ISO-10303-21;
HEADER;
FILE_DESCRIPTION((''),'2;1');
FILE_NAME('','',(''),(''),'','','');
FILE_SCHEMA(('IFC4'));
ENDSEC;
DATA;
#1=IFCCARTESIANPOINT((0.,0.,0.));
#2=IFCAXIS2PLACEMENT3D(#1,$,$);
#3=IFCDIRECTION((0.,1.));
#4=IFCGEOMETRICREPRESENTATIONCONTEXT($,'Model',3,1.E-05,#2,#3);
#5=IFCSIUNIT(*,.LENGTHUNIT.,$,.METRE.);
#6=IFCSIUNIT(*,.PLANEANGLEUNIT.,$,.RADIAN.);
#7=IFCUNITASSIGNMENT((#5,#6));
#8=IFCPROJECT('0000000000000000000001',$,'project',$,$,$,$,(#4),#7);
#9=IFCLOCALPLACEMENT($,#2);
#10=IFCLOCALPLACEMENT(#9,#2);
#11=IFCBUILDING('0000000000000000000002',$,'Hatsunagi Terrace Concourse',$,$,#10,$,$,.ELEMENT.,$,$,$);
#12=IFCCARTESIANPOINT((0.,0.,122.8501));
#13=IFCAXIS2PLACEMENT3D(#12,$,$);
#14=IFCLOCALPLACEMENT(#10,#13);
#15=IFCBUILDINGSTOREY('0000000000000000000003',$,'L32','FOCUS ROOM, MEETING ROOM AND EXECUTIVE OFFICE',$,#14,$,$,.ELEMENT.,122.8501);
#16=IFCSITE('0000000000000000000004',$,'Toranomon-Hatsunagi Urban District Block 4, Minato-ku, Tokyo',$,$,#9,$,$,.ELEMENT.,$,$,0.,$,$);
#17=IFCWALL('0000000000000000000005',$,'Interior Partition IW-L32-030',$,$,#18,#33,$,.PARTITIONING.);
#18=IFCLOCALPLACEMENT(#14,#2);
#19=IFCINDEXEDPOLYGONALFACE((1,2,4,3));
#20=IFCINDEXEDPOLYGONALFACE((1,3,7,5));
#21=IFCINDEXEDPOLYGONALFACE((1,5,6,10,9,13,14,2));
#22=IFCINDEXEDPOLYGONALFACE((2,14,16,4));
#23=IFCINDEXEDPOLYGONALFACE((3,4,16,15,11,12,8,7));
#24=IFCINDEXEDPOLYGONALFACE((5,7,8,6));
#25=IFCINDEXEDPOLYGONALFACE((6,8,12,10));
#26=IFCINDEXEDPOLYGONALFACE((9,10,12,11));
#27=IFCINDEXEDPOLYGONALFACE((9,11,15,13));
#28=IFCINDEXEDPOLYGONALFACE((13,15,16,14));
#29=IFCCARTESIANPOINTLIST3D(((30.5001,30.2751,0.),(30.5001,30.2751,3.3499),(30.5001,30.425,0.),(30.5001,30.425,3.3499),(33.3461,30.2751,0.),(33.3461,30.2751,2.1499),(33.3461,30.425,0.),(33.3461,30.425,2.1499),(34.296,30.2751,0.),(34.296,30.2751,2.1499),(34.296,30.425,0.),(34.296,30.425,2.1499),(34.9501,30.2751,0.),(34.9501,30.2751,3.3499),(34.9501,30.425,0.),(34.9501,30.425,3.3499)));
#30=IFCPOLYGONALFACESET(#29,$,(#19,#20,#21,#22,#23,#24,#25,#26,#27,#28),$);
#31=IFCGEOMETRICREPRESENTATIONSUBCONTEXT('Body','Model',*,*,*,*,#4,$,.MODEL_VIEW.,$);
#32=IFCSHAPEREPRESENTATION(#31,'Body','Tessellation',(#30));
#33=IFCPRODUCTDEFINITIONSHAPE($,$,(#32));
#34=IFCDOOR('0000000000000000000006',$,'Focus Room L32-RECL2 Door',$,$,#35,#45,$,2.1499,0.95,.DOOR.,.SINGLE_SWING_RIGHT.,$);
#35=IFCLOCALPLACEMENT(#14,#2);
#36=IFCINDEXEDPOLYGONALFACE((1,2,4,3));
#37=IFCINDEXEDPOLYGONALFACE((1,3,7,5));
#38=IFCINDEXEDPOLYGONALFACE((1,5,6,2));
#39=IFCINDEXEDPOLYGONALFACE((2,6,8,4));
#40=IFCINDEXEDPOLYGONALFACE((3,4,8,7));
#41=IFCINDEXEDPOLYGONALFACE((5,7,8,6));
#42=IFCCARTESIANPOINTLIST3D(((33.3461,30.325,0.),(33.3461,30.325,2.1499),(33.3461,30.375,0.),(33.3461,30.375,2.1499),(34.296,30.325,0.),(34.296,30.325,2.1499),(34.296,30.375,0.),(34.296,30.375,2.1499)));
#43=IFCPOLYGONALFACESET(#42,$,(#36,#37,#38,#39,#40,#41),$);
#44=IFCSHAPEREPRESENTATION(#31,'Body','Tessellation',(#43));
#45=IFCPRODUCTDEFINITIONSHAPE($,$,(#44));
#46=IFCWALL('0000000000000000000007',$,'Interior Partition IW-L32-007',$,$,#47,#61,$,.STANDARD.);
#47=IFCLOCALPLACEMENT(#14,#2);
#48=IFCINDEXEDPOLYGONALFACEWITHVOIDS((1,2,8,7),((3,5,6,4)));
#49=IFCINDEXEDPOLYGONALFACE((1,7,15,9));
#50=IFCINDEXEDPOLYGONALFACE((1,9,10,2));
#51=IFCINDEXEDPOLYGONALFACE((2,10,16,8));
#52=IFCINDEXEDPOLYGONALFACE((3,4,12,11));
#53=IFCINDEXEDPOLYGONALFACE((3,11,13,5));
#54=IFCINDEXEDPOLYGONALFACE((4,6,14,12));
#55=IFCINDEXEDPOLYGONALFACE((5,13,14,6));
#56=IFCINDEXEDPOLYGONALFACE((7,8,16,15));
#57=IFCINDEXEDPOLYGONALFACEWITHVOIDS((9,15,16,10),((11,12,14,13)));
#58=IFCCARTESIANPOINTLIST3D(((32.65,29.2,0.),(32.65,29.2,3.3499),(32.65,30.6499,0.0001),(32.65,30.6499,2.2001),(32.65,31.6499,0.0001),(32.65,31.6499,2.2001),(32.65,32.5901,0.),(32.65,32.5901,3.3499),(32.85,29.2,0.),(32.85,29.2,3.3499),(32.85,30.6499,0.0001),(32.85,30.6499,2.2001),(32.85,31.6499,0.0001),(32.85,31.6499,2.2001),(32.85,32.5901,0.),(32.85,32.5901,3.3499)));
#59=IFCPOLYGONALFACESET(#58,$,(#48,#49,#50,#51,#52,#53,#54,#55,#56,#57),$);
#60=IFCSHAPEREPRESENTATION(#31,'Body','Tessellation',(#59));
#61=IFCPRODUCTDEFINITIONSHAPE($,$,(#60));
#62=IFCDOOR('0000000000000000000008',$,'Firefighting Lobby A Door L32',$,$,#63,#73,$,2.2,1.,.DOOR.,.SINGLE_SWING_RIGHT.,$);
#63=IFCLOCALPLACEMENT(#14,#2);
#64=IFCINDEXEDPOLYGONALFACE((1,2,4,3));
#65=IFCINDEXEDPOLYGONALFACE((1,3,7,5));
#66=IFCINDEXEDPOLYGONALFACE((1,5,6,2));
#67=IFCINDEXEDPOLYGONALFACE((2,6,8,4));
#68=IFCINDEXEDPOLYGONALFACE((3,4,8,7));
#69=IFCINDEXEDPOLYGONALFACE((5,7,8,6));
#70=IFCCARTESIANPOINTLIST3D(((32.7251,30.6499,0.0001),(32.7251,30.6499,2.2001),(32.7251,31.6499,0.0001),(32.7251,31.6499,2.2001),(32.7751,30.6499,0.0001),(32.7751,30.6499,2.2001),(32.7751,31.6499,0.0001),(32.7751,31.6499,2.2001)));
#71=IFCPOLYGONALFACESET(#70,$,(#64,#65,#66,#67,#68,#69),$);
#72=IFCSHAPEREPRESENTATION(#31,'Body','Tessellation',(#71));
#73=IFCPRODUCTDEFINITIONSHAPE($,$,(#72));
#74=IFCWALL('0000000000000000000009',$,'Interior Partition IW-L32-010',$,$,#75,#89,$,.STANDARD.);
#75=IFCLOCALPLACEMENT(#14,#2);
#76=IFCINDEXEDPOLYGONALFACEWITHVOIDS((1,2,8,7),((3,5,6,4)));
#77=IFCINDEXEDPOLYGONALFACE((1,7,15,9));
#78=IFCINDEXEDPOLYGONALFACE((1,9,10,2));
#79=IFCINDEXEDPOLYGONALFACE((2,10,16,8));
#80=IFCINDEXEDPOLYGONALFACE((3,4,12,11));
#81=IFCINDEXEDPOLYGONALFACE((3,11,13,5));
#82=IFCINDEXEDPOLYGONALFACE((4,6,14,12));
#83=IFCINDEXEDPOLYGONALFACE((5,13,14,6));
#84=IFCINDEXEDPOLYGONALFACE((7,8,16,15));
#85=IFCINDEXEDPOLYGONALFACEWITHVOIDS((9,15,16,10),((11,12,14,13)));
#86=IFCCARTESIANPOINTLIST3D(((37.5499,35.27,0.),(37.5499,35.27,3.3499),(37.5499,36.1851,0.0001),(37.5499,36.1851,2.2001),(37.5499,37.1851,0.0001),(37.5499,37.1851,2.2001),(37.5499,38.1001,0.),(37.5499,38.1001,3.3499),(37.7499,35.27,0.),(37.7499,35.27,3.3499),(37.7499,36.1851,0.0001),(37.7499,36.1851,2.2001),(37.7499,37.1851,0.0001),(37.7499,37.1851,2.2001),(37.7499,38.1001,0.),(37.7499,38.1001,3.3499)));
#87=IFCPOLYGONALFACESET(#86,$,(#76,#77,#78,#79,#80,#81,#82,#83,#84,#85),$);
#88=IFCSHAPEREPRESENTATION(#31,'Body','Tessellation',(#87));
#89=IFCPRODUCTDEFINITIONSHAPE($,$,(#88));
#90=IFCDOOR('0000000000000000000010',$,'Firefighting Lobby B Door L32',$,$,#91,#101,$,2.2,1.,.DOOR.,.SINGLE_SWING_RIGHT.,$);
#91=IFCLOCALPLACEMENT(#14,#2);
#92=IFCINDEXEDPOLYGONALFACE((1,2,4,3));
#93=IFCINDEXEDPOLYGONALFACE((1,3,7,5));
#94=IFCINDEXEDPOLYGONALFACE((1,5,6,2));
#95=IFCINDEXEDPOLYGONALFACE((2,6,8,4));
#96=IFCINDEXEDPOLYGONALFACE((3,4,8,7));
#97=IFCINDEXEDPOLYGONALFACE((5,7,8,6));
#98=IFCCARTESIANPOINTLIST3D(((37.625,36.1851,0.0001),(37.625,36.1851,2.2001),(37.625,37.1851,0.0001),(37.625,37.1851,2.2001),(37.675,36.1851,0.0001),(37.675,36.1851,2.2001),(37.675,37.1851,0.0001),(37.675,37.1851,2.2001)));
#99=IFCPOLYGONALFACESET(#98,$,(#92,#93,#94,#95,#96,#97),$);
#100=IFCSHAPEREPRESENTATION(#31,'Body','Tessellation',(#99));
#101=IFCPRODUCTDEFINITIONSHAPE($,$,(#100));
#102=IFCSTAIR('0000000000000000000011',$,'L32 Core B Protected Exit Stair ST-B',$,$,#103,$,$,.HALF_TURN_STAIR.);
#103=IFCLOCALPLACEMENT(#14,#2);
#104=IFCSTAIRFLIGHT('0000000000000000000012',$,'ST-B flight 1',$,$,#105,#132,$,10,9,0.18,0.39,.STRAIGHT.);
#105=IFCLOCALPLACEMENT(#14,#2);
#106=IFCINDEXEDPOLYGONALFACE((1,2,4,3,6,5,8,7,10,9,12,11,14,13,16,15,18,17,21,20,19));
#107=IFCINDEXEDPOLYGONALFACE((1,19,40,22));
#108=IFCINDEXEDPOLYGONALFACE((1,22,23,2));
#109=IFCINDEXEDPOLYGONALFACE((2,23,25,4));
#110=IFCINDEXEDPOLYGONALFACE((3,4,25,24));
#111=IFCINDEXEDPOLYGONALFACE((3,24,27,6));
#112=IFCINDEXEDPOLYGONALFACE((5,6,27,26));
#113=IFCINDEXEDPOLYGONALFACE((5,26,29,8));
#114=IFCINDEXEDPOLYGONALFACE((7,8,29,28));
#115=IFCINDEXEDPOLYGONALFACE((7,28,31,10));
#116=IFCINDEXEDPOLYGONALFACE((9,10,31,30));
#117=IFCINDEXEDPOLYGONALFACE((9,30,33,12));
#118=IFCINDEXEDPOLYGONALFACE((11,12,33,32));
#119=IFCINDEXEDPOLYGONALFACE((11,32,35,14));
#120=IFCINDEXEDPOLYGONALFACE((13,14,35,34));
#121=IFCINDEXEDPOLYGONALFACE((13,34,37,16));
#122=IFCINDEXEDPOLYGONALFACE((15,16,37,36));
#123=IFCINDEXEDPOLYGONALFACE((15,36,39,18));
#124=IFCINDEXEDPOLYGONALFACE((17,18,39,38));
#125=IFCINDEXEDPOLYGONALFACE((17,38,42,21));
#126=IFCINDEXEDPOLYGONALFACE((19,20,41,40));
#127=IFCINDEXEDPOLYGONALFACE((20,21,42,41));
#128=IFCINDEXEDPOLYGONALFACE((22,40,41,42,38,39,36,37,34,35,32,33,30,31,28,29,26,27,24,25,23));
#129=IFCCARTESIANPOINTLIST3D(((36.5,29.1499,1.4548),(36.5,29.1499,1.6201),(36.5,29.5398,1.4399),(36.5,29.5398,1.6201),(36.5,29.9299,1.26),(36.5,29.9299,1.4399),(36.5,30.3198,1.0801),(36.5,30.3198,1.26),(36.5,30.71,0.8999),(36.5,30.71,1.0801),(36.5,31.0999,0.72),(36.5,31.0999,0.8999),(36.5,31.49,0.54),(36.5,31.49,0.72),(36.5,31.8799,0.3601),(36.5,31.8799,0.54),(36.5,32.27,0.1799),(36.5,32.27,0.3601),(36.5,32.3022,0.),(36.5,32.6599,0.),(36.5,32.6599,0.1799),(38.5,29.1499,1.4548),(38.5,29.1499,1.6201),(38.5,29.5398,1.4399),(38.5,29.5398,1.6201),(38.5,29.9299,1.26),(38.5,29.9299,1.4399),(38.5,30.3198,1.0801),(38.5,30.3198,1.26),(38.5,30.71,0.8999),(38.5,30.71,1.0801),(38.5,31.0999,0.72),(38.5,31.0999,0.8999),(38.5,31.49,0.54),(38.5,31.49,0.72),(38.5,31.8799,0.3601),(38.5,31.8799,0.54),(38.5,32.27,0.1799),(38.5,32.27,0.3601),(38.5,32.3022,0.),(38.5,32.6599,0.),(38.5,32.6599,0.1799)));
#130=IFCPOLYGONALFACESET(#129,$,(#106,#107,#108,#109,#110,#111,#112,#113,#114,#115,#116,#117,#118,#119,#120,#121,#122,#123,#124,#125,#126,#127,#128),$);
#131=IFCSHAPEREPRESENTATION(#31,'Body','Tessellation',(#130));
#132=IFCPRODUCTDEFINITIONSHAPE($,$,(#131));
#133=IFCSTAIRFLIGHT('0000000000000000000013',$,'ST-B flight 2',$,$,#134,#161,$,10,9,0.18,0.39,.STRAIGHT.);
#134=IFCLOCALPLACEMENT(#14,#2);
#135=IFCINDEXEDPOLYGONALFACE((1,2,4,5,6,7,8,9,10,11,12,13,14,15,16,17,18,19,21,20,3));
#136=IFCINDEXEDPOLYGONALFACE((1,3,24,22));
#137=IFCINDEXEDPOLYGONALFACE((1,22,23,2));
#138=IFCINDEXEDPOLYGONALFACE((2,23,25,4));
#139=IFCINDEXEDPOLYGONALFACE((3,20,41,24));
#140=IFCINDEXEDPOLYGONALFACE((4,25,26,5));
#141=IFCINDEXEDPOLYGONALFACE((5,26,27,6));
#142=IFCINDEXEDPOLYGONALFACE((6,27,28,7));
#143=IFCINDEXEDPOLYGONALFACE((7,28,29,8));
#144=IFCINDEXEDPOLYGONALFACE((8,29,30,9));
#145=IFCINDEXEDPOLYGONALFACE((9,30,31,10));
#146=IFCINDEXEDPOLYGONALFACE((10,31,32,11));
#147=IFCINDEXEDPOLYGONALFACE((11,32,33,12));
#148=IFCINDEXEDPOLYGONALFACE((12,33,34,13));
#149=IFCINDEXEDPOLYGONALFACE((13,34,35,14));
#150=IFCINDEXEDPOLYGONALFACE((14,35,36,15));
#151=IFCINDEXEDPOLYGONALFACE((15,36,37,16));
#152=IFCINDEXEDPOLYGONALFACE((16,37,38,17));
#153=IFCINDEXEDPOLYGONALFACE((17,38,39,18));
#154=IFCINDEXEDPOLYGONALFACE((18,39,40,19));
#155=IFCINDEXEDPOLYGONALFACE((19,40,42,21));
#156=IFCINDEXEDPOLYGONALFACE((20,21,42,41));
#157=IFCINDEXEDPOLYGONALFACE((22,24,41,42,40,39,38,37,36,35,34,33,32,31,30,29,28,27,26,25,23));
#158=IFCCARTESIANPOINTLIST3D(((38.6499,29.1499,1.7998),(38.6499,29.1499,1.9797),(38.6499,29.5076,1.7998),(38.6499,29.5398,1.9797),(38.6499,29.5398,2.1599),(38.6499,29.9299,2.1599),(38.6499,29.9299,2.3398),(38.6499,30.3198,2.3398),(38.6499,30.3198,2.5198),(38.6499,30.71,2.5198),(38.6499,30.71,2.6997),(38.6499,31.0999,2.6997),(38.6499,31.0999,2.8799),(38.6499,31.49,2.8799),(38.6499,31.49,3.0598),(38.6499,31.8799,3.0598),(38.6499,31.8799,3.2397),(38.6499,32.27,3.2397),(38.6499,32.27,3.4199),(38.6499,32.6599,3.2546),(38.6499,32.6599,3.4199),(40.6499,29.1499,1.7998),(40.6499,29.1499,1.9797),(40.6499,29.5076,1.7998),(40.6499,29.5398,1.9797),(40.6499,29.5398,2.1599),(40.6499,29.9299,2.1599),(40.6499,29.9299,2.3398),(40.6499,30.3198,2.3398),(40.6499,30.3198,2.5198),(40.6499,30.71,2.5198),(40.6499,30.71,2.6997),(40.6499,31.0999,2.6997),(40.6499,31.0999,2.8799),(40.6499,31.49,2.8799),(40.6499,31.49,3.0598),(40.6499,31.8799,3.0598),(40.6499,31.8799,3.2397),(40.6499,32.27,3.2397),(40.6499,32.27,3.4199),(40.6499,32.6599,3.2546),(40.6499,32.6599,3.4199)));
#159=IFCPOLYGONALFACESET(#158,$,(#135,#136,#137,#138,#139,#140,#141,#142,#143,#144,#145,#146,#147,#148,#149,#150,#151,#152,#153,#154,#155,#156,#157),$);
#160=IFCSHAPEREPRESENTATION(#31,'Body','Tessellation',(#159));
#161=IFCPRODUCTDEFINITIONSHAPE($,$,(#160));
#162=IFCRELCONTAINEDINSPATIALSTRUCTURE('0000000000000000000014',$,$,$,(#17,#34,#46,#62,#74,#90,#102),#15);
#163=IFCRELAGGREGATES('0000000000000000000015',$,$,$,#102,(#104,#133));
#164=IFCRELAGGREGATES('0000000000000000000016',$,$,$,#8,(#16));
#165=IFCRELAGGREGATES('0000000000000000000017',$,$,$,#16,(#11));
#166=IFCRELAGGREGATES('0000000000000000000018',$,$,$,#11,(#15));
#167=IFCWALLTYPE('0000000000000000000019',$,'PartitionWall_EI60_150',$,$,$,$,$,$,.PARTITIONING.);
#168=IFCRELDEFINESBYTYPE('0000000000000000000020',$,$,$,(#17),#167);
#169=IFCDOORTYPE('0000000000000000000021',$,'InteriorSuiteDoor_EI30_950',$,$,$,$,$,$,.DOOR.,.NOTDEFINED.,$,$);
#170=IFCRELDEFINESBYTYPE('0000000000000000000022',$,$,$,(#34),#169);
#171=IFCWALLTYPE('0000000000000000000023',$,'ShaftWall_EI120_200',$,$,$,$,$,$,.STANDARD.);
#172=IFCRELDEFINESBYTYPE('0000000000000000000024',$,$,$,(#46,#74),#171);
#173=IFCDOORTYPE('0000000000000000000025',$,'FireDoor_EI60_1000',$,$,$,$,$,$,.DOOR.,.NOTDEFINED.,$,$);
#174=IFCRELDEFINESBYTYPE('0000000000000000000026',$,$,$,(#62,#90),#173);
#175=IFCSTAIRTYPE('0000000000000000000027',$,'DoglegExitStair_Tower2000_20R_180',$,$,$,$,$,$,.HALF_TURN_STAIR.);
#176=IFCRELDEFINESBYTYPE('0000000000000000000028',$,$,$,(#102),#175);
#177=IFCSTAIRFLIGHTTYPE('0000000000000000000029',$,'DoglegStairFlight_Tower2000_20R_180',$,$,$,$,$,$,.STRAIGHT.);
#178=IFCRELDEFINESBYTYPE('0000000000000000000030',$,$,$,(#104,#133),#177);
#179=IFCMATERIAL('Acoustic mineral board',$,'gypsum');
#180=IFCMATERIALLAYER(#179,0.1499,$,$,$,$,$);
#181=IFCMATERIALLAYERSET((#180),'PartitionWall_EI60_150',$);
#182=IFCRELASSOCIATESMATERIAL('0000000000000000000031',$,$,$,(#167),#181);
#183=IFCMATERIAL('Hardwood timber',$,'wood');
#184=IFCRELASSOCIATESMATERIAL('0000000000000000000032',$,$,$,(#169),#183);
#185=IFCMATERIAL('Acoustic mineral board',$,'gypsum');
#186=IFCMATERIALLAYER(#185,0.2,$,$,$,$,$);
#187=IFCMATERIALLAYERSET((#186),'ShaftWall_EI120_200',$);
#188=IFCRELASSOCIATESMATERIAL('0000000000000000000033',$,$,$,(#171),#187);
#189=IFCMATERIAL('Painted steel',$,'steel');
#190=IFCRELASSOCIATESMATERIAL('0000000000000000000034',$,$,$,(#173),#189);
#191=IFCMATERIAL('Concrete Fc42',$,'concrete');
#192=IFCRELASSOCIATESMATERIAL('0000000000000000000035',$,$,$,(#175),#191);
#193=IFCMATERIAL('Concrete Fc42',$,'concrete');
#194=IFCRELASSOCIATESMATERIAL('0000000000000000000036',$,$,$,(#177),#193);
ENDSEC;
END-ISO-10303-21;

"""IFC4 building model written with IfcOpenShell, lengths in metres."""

from ifc_helpers import new_model, si_unit, direction, frame, frame_2d, origin, place, context, subcontext, project, spatial, polyline, rectangle, outline, extrude, material, layer, layer_set, type_object, element, fill, aggregate, save


model = new_model("IFC4")

# Units and contexts
model_context = context("Model", 3, precision=1e-05, world=origin(), true_north=direction((0.0, 1.0)))
body_context = subcontext(model_context, "Body", "Model", "MODEL_VIEW")
ifc_project = project(units=[si_unit("LENGTHUNIT", "METRE"), si_unit("PLANEANGLEUNIT", "RADIAN")], contexts=[model_context])

# Site, building, storey
site_placement = place(None, origin())
site = spatial("IfcSite", under=ifc_project, at=site_placement, Name="Toranomon-Hatsunagi Urban District Block 4, Minato-ku, Tokyo", CompositionType="ELEMENT", RefElevation=0.0)
building_placement = place(site_placement, origin())
building = spatial("IfcBuilding", under=site, at=building_placement, Name="Hatsunagi Terrace Concourse", CompositionType="ELEMENT")
storey_placement = place(building_placement, frame((0.0, 0.0, 122.8501)))
storey = spatial("IfcBuildingStorey", under=building, at=storey_placement, Name="L32", Description="FOCUS ROOM, MEETING ROOM AND EXECUTIVE OFFICE", CompositionType="ELEMENT", Elevation=122.8501)

# Shared definitions
ifc_material_1 = material(Name="Acoustic mineral board", Category="gypsum")
ifc_layer_1 = layer(ifc_material_1, 0.1499)
ifc_layer_set_1 = layer_set([ifc_layer_1], Name="PartitionWall_EI60_150")
wall_type_1 = type_object("IfcWallType", Name="PartitionWall_EI60_150", PredefinedType="PARTITIONING", material=ifc_layer_set_1)

# Walls, openings, doors
wall_1_placement = place(storey_placement, frame((30.5, 30.3501, 0.0), z_axis=(0.0, 0.0, 1.0), x_axis=(1.0, 0.0, 0.0)))
wall_1 = element("IfcWall", 1, at=wall_1_placement, inside=storey, type_object=wall_type_1, Name="Interior Partition IW-L32-030", PredefinedType="PARTITIONING", context=body_context, shape_type="SweptSolid", body=[
    extrude(rectangle(XDim=4.45, YDim=0.1499, at=frame_2d((2.2251, 0.0))), origin(), (0.0, 0.0, 1.0), 3.3499),
])
opening_1_placement = place(wall_1_placement, frame((2.8459, 0.0, 0.0)))
opening_1 = element("IfcOpeningElement", 2, at=opening_1_placement, cuts=wall_1, PredefinedType="OPENING", context=body_context, shape_type="SweptSolid", body=[
    extrude(rectangle(XDim=0.95, YDim=2.1499, at=frame_2d((0.4751, 1.075))), frame((0.0, 0.085, 0.0), z_axis=(0.0, -1.0, 0.0), x_axis=(1.0, 0.0, 0.0)), (0.0, 0.0, 1.0), 0.1699),
])
ifc_material_2 = material(Name="Hardwood timber", Category="wood")
door_type_1 = type_object("IfcDoorType", Name="InteriorSuiteDoor_EI30_950", OperationType="NOTDEFINED", PredefinedType="DOOR", material=ifc_material_2)
door_1_placement = place(opening_1_placement, origin())
door_1 = element("IfcDoor", 3, at=door_1_placement, inside=storey, type_object=door_type_1, Name="Focus Room L32-RECL2 Door", OperationType="SINGLE_SWING_RIGHT", OverallHeight=2.1499, OverallWidth=0.95, PredefinedType="DOOR", context=body_context, shape_type="SweptSolid", body=[
    extrude(rectangle(XDim=0.95, YDim=2.1499, at=frame_2d((0.4751, 1.075))), frame((0.0, 0.0249, 0.0), z_axis=(0.0, -1.0, 0.0), x_axis=(1.0, 0.0, 0.0)), (0.0, 0.0, 1.0), 0.05),
])
fill(opening_1, door_1)
ifc_material_3 = material(Name="Acoustic mineral board", Category="gypsum")
ifc_layer_2 = layer(ifc_material_3, 0.2)
ifc_layer_set_2 = layer_set([ifc_layer_2], Name="ShaftWall_EI120_200")
wall_type_2 = type_object("IfcWallType", Name="ShaftWall_EI120_200", PredefinedType="STANDARD", material=ifc_layer_set_2)
wall_2_placement = place(storey_placement, frame((32.75, 29.2, 0.0), z_axis=(0.0, 0.0, 1.0), x_axis=(0.0, 1.0, 0.0)))
wall_2 = element("IfcWall", 4, at=wall_2_placement, inside=storey, type_object=wall_type_2, Name="Interior Partition IW-L32-007", PredefinedType="STANDARD", context=body_context, shape_type="SweptSolid", body=[
    extrude(rectangle(XDim=3.3901, YDim=0.2, at=frame_2d((1.6951, 0.0))), origin(), (0.0, 0.0, 1.0), 3.3499),
])
opening_2_placement = place(wall_2_placement, frame((1.45, 0.0, 0.0)))
opening_2 = element("IfcOpeningElement", 5, at=opening_2_placement, cuts=wall_2, PredefinedType="OPENING", context=body_context, shape_type="SweptSolid", body=[
    extrude(rectangle(XDim=1.0, YDim=2.2, at=frame_2d((0.5, 1.1001))), frame((0.0, 0.1099, 0.0), z_axis=(0.0, -1.0, 0.0), x_axis=(1.0, 0.0, 0.0)), (0.0, 0.0, 1.0), 0.22),
])
ifc_material_4 = material(Name="Painted steel", Category="steel")
door_type_2 = type_object("IfcDoorType", Name="FireDoor_EI60_1000", OperationType="NOTDEFINED", PredefinedType="DOOR", material=ifc_material_4)
door_2_placement = place(opening_2_placement, origin())
door_2 = element("IfcDoor", 6, at=door_2_placement, inside=storey, type_object=door_type_2, Name="Firefighting Lobby A Door L32", OperationType="SINGLE_SWING_RIGHT", OverallHeight=2.2, OverallWidth=1.0, PredefinedType="DOOR", context=body_context, shape_type="SweptSolid", body=[
    extrude(rectangle(XDim=1.0, YDim=2.2, at=frame_2d((0.5, 1.1001))), frame((0.0, 0.0249, 0.0), z_axis=(0.0, -1.0, 0.0), x_axis=(1.0, 0.0, 0.0)), (0.0, 0.0, 1.0), 0.05),
])
fill(opening_2, door_2)
wall_3_placement = place(storey_placement, frame((37.6499, 35.27, 0.0), z_axis=(0.0, 0.0, 1.0), x_axis=(0.0, 1.0, 0.0)))
wall_3 = element("IfcWall", 7, at=wall_3_placement, inside=storey, type_object=wall_type_2, Name="Interior Partition IW-L32-010", PredefinedType="STANDARD", context=body_context, shape_type="SweptSolid", body=[
    extrude(rectangle(XDim=2.8301, YDim=0.2, at=frame_2d((1.415, 0.0))), origin(), (0.0, 0.0, 1.0), 3.3499),
])
opening_3_placement = place(wall_3_placement, frame((0.915, 0.0, 0.0)))
opening_3 = element("IfcOpeningElement", 8, at=opening_3_placement, cuts=wall_3, PredefinedType="OPENING", context=body_context, shape_type="SweptSolid", body=[
    extrude(rectangle(XDim=1.0, YDim=2.2, at=frame_2d((0.5, 1.1001))), frame((0.0, 0.1099, 0.0), z_axis=(0.0, -1.0, 0.0), x_axis=(1.0, 0.0, 0.0)), (0.0, 0.0, 1.0), 0.22),
])
door_3_placement = place(opening_3_placement, origin())
door_3 = element("IfcDoor", 9, at=door_3_placement, inside=storey, type_object=door_type_2, Name="Firefighting Lobby B Door L32", OperationType="SINGLE_SWING_RIGHT", OverallHeight=2.2, OverallWidth=1.0, PredefinedType="DOOR", context=body_context, shape_type="SweptSolid", body=[
    extrude(rectangle(XDim=1.0, YDim=2.2, at=frame_2d((0.5, 1.1001))), frame((0.0, 0.0249, 0.0), z_axis=(0.0, -1.0, 0.0), x_axis=(1.0, 0.0, 0.0)), (0.0, 0.0, 1.0), 0.05),
])
fill(opening_3, door_3)

# Stair, stair flights
ifc_material_5 = material(Name="Concrete Fc42", Category="concrete")
stair_type = type_object("IfcStairType", Name="DoglegExitStair_Tower2000_20R_180", PredefinedType="HALF_TURN_STAIR", material=ifc_material_5)
stair_placement = place(storey_placement, origin())
stair = element("IfcStair", 10, at=stair_placement, inside=storey, type_object=stair_type, Name="L32 Core B Protected Exit Stair ST-B", PredefinedType="HALF_TURN_STAIR")
ifc_material_6 = material(Name="Concrete Fc42", Category="concrete")
stair_flight_type = type_object("IfcStairFlightType", Name="DoglegStairFlight_Tower2000_20R_180", PredefinedType="STRAIGHT", material=ifc_material_6)
stair_flight_1_placement = place(storey_placement, frame((37.5, 32.6599, 0.0), z_axis=(0.0, 0.0, 1.0), x_axis=(0.0, -1.0, 0.0)))
stair_flight_1 = element("IfcStairFlight", 11, at=stair_flight_1_placement, type_object=stair_flight_type, Name="ST-B flight 1", NumberOfRisers=10, NumberOfTreads=9, PredefinedType="STRAIGHT", RiserHeight=0.18, TreadLength=0.39, context=body_context, shape_type="SweptSolid", body=[
    extrude(outline(polyline([(0.0, 0.0), (0.0, 0.1799), (0.3899, 0.1799), (0.3899, 0.3601), (0.78, 0.3601), (0.78, 0.54), (1.1699, 0.54), (1.1699, 0.72), (1.5601, 0.72), (1.5601, 0.8999), (1.95, 0.8999), (1.95, 1.0801), (2.3401, 1.0801), (2.3401, 1.26), (2.73, 1.26), (2.73, 1.4399), (3.1201, 1.4399), (3.1201, 1.6201), (3.51, 1.6201), (3.51, 1.8), (3.51, 1.4548), (0.3577, 0.0), (0.0, 0.0)])), frame((0.0, 1.0, 0.0), z_axis=(0.0, -1.0, 0.0), x_axis=(1.0, 0.0, 0.0)), (0.0, 0.0, 1.0), 2.0),
])
stair_flight_2_placement = place(storey_placement, frame((39.6499, 29.1499, 1.7998), z_axis=(0.0, 0.0, 1.0), x_axis=(0.0, 1.0, 0.0)))
stair_flight_2 = element("IfcStairFlight", 12, at=stair_flight_2_placement, type_object=stair_flight_type, Name="ST-B flight 2", NumberOfRisers=10, NumberOfTreads=9, PredefinedType="STRAIGHT", RiserHeight=0.18, TreadLength=0.39, context=body_context, shape_type="SweptSolid", body=[
    extrude(outline(polyline([(0.0, 0.0), (0.0, 0.1799), (0.3899, 0.1799), (0.3899, 0.3601), (0.78, 0.3601), (0.78, 0.54), (1.1699, 0.54), (1.1699, 0.72), (1.5601, 0.72), (1.5601, 0.8999), (1.95, 0.8999), (1.95, 1.0801), (2.3401, 1.0801), (2.3401, 1.26), (2.73, 1.26), (2.73, 1.4399), (3.1201, 1.4399), (3.1201, 1.6201), (3.51, 1.6201), (3.51, 1.8), (3.51, 1.4548), (0.3577, 0.0), (0.0, 0.0)])), frame((0.0, 1.0, 0.0), z_axis=(0.0, -1.0, 0.0), x_axis=(1.0, 0.0, 0.0)), (0.0, 0.0, 1.0), 2.0),
])
aggregate(stair, [stair_flight_1, stair_flight_2])

save(model, "model.ifc")
